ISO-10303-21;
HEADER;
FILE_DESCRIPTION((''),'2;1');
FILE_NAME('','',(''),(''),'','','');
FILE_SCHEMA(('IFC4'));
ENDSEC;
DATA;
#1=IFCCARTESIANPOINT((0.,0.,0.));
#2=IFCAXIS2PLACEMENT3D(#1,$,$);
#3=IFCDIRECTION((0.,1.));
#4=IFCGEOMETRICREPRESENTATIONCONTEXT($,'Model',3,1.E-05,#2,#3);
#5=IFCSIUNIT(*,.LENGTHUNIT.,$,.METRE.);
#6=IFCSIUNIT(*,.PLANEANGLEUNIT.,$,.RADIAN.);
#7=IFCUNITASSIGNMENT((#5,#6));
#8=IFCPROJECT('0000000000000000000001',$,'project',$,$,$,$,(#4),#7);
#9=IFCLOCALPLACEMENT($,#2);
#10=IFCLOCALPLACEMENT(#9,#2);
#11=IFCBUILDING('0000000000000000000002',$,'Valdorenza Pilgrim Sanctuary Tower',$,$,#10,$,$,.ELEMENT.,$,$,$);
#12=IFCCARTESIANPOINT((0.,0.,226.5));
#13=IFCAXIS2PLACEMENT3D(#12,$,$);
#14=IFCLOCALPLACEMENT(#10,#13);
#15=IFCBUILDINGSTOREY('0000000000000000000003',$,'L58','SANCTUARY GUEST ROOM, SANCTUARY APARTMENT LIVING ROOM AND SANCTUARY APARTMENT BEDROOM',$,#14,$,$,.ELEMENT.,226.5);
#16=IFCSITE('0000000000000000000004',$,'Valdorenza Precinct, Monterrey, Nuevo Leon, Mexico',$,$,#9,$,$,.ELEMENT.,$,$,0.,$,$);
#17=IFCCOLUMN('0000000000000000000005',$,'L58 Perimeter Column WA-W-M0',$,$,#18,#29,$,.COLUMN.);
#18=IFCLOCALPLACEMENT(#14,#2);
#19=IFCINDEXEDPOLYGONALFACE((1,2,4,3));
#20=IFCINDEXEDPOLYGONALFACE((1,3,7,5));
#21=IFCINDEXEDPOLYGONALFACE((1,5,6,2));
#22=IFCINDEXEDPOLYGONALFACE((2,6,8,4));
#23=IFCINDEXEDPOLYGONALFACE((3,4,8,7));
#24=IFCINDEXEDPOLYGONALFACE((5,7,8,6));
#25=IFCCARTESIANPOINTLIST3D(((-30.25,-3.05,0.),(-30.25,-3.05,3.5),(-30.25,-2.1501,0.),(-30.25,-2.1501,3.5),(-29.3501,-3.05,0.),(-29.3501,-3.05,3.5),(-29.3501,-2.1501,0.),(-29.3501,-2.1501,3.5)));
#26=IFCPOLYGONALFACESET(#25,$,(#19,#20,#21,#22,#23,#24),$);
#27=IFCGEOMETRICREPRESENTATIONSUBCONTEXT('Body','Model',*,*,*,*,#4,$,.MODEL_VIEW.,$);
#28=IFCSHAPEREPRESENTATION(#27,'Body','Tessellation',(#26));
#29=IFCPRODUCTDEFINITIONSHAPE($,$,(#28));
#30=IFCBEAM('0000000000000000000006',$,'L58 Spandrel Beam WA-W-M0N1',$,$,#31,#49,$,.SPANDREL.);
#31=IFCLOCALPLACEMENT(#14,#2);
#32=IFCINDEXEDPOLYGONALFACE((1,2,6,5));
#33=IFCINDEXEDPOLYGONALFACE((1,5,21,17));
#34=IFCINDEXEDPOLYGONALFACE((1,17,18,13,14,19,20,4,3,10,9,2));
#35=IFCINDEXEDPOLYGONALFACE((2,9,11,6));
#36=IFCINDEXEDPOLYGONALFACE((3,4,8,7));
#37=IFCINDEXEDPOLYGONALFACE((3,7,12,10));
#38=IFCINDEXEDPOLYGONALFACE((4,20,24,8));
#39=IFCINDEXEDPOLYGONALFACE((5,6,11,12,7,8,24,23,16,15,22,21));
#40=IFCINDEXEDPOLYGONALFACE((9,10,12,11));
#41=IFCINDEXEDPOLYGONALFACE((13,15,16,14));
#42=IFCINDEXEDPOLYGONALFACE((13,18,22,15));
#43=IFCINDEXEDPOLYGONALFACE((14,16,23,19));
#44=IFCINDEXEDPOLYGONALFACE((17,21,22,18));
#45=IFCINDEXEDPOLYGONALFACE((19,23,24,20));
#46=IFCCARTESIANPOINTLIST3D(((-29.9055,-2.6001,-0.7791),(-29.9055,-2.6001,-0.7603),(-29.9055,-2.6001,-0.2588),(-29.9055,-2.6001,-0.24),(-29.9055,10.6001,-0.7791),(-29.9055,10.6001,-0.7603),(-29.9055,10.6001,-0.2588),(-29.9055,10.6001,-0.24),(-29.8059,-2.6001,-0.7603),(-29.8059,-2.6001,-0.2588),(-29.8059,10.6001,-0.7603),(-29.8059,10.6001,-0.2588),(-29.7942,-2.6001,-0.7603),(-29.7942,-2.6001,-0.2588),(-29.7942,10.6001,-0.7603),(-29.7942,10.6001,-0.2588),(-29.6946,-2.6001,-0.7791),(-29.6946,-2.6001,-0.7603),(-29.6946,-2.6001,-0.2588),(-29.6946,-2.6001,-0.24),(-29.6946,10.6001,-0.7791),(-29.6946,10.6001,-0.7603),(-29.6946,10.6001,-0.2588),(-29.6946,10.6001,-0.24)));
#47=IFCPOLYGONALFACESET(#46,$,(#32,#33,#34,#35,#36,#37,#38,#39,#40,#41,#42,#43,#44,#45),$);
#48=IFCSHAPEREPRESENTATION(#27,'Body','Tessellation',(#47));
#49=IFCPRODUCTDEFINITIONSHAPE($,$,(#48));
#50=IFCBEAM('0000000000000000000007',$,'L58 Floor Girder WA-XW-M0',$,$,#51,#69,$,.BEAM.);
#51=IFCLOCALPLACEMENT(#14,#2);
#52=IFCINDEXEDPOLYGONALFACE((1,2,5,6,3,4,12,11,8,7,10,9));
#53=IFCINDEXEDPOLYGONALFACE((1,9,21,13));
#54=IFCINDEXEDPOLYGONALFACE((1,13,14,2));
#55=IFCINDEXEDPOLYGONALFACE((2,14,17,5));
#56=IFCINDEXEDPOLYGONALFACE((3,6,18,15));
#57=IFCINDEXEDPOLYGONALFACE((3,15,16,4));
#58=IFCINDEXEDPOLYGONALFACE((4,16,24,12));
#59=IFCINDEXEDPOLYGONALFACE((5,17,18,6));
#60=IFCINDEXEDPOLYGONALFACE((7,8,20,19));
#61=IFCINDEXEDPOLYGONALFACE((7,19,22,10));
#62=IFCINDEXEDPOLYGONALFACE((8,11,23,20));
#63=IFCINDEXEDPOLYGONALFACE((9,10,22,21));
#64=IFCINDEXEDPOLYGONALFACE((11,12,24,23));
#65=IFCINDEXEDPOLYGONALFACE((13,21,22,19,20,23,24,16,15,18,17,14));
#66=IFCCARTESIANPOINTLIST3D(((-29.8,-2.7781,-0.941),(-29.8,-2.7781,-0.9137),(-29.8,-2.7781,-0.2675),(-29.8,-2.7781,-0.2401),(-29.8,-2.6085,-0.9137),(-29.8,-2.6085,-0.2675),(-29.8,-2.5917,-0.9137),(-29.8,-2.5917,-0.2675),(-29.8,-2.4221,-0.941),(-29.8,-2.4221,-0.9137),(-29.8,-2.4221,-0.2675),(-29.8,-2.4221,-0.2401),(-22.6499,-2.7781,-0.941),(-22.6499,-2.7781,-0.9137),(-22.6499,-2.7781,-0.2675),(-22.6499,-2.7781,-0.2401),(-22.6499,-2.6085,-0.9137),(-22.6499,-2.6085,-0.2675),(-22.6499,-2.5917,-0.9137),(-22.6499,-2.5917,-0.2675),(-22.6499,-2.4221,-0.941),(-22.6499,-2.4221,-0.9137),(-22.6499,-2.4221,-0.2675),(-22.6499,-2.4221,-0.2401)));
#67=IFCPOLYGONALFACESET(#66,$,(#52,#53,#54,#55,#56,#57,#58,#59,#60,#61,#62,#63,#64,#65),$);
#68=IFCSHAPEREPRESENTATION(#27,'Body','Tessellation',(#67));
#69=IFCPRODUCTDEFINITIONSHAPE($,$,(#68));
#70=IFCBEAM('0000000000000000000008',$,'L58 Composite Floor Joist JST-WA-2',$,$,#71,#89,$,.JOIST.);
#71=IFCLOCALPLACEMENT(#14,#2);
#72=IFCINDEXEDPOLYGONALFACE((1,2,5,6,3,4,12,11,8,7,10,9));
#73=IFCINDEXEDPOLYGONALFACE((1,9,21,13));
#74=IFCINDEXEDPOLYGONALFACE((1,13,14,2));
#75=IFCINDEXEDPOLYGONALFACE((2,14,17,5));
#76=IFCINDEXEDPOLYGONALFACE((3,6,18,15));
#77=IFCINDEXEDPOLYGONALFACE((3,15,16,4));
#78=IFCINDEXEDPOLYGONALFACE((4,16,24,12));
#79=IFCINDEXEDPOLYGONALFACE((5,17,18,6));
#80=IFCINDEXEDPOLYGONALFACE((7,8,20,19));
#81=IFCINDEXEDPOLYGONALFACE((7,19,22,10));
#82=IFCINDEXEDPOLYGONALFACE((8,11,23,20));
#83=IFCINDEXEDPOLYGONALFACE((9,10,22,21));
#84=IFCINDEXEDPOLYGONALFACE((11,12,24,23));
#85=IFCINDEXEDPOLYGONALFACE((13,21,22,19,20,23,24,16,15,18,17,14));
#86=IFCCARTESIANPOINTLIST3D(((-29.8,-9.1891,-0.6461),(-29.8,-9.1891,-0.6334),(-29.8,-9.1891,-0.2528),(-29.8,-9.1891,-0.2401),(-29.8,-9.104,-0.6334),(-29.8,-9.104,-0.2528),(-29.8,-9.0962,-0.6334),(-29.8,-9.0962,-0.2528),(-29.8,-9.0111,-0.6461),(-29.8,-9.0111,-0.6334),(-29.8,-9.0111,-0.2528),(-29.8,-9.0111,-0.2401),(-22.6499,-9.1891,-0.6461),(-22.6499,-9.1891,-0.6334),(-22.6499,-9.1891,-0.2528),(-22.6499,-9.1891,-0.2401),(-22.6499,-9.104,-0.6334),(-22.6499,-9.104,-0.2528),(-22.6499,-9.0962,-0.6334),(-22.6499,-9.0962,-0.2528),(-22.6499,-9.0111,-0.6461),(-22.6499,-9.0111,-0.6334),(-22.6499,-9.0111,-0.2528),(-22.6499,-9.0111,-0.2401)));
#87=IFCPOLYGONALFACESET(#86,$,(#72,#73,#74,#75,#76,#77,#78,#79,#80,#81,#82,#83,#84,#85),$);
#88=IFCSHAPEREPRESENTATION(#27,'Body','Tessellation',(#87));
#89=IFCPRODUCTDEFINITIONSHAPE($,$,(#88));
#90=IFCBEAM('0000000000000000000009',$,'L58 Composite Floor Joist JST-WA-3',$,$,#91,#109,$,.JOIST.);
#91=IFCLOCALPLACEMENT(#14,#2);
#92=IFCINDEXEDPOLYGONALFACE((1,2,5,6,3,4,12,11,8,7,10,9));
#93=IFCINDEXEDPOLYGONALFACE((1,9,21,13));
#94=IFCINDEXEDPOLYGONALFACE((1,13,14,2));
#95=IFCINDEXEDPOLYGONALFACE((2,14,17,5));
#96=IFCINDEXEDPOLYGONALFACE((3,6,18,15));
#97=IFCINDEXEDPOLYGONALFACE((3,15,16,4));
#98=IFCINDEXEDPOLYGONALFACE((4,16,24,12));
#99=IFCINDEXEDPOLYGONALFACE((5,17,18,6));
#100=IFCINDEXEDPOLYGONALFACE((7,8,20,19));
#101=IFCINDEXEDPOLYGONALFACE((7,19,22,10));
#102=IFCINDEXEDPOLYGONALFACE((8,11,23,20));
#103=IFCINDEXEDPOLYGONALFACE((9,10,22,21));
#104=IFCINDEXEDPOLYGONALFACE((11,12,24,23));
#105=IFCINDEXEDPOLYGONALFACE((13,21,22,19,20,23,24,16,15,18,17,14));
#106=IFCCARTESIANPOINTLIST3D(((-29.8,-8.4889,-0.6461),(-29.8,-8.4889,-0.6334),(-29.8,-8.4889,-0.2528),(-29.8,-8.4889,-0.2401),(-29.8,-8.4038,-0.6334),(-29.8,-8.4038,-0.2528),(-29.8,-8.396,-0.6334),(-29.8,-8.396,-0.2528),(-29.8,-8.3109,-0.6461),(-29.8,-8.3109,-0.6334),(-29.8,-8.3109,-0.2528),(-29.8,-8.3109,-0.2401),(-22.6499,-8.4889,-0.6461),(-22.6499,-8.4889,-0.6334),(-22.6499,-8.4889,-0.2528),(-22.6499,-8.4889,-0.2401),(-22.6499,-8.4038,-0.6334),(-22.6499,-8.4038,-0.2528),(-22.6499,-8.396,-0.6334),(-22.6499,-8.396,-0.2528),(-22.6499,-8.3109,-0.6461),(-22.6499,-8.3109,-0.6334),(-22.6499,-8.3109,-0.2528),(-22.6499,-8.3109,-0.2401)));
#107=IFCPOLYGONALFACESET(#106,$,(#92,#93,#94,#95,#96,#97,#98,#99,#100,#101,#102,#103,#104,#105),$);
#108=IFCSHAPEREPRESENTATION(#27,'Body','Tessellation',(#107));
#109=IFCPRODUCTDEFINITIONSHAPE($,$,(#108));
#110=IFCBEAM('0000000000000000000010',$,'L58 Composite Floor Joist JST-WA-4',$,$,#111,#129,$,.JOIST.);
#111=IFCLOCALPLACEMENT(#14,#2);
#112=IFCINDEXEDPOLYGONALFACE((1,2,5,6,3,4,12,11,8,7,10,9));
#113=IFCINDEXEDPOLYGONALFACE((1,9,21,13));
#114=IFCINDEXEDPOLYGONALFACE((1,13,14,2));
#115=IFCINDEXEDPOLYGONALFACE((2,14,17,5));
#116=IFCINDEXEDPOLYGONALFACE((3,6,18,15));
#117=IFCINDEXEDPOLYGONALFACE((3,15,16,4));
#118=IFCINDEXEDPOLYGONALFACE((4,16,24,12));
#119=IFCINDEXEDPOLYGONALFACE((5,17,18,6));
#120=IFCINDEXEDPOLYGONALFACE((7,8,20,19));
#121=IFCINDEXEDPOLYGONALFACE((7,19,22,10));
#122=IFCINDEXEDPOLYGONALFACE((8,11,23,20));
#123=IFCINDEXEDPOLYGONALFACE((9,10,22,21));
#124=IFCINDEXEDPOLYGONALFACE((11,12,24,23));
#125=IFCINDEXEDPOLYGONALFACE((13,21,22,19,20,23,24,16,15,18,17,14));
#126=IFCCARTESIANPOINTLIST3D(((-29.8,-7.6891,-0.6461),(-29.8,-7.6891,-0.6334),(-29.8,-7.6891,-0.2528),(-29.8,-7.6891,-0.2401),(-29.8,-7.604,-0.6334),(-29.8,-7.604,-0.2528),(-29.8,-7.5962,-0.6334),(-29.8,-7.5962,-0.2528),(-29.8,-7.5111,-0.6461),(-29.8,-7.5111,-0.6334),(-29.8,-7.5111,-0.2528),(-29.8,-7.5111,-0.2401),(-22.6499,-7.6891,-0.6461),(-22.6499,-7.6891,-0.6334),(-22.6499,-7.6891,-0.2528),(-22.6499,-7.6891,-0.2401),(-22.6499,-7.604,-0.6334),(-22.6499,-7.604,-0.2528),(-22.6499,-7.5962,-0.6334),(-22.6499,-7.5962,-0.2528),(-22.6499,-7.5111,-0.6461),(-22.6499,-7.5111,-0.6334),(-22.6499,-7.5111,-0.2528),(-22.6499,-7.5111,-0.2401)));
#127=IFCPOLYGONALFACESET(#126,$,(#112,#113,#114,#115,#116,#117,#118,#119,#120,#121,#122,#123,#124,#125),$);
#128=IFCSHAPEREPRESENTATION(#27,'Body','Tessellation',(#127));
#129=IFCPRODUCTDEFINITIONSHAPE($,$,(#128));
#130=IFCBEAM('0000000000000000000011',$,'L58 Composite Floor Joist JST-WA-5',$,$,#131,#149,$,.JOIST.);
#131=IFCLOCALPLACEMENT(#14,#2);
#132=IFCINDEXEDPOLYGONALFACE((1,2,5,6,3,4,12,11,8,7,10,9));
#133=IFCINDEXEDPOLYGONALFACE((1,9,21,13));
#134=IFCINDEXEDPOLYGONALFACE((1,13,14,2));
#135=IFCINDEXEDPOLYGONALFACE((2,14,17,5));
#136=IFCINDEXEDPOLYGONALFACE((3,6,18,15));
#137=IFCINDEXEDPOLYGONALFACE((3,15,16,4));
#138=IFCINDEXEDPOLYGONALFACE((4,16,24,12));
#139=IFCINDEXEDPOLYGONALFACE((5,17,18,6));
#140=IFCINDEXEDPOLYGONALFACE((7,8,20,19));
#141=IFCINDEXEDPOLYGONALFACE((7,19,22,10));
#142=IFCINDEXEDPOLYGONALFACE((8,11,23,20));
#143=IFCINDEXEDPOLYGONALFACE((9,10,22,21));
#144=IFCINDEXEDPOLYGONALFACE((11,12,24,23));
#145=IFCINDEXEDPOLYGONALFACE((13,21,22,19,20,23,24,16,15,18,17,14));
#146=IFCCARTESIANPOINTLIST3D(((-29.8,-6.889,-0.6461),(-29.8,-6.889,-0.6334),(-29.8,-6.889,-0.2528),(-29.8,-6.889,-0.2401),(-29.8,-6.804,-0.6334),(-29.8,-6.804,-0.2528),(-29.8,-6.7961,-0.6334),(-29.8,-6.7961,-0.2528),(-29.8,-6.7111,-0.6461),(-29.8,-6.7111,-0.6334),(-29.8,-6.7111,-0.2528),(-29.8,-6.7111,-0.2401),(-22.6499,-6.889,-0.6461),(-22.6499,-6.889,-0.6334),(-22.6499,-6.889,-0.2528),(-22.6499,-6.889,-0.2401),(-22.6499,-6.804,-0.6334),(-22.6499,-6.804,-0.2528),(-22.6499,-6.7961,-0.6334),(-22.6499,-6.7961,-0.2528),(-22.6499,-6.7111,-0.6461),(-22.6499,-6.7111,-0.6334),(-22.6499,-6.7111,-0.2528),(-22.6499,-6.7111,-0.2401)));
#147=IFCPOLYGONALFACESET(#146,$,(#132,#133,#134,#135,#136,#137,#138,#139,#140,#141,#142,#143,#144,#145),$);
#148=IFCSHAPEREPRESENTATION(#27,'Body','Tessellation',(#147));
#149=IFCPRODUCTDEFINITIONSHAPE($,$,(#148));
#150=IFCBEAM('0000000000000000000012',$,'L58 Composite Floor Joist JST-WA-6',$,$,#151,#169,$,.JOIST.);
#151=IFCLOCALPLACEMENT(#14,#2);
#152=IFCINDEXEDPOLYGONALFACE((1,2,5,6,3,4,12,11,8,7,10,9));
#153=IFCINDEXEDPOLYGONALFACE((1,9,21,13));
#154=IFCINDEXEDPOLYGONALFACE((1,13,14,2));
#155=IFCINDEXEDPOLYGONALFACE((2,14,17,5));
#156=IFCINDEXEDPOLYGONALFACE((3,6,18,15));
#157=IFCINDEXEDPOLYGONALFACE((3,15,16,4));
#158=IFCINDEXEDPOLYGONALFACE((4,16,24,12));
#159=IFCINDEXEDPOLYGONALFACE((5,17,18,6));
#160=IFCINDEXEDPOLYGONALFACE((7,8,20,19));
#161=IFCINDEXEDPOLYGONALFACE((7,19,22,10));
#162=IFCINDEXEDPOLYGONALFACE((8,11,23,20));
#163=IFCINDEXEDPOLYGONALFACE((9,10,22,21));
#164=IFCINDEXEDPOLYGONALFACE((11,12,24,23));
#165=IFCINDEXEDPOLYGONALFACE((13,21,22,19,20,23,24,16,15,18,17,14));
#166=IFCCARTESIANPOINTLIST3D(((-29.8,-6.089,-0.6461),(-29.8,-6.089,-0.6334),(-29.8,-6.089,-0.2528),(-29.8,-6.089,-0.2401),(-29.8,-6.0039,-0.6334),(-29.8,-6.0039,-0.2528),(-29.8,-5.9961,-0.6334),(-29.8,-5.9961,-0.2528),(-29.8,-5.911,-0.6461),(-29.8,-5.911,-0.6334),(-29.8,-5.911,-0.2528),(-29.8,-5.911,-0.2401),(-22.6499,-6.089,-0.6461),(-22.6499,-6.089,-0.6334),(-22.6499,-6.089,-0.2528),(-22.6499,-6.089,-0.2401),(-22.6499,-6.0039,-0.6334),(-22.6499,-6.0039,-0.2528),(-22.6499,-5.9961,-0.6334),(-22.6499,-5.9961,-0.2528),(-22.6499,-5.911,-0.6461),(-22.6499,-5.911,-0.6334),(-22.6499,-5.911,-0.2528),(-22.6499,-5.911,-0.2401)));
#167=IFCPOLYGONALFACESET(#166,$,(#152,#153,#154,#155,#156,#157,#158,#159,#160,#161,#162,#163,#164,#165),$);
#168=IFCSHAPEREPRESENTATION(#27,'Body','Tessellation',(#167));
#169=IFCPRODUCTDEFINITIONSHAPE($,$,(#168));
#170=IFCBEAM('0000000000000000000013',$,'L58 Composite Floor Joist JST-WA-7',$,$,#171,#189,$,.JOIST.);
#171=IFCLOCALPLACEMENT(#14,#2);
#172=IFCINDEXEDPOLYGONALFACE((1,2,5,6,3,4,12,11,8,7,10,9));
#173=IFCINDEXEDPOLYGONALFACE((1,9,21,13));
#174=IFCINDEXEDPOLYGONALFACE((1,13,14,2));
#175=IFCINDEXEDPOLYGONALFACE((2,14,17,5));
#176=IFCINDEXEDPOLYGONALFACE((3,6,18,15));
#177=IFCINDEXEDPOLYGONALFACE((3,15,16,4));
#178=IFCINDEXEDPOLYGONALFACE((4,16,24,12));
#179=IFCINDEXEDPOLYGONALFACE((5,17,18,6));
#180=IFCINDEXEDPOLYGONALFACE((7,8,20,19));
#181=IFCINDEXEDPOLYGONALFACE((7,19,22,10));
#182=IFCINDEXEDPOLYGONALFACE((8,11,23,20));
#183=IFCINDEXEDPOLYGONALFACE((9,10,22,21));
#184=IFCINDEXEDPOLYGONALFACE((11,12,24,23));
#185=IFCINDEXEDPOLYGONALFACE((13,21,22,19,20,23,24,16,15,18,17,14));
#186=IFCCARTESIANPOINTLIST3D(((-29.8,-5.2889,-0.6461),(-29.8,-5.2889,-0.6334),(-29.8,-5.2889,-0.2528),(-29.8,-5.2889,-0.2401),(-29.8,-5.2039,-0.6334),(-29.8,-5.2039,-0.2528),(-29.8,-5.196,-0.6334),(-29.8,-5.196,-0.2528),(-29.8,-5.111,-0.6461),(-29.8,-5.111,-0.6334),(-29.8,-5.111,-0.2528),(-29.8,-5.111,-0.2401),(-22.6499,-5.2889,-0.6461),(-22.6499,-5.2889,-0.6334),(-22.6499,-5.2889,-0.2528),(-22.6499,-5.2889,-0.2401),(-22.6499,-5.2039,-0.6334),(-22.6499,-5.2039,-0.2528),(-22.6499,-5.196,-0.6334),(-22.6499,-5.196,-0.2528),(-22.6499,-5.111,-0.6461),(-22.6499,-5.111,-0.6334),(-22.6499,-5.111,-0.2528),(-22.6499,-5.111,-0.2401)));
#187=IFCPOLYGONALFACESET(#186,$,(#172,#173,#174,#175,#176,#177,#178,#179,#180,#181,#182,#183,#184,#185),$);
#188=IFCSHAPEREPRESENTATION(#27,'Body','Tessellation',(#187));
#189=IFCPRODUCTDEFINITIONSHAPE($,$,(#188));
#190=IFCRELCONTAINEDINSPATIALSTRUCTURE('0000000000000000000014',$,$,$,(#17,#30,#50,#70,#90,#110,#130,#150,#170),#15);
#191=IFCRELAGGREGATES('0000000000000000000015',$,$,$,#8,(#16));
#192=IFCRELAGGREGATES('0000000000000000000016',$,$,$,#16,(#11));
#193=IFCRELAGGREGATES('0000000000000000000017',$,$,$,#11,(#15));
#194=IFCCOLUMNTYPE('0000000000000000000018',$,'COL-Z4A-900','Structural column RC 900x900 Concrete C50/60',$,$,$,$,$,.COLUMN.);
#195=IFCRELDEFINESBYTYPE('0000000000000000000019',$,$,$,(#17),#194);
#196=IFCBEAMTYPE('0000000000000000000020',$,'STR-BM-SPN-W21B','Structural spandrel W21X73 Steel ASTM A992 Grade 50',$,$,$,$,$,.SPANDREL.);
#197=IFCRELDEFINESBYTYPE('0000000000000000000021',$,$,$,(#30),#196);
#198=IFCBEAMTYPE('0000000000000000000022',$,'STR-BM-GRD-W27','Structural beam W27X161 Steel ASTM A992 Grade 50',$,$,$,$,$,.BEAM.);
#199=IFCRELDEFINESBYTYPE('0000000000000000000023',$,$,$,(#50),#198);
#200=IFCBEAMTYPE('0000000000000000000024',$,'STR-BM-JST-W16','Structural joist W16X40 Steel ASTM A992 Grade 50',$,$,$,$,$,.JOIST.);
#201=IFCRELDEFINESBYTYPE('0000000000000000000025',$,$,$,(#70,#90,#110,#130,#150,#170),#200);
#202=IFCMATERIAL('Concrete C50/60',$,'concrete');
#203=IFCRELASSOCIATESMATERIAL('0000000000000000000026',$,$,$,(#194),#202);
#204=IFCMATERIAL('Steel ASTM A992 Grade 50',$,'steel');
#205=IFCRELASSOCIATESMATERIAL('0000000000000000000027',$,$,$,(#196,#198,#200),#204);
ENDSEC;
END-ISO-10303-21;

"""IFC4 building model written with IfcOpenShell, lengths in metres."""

from ifc_helpers import new_model, si_unit, direction, frame, origin, origin_2d, place, context, subcontext, project, spatial, rectangle, i_section, extrude, source, transform, mapped, material, material_profile, profile_set, type_object, element, save


model = new_model("IFC4")

# Units and contexts
model_context = context("Model", 3, precision=1e-05, world=origin(), true_north=direction((0.0, 1.0)))
body_context = subcontext(model_context, "Body", "Model", "MODEL_VIEW")
ifc_project = project(units=[si_unit("LENGTHUNIT", "METRE"), si_unit("PLANEANGLEUNIT", "RADIAN")], contexts=[model_context])

# Site, building, storey
site_placement = place(None, origin())
site = spatial("IfcSite", under=ifc_project, at=site_placement, Name="Valdorenza Precinct, Monterrey, Nuevo Leon, Mexico", CompositionType="ELEMENT", RefElevation=0.0)
building_placement = place(site_placement, origin())
building = spatial("IfcBuilding", under=site, at=building_placement, Name="Valdorenza Pilgrim Sanctuary Tower", CompositionType="ELEMENT")
storey_placement = place(building_placement, frame((0.0, 0.0, 226.5)))
storey = spatial("IfcBuildingStorey", under=building, at=storey_placement, Name="L58", Description="SANCTUARY GUEST ROOM, SANCTUARY APARTMENT LIVING ROOM AND SANCTUARY APARTMENT BEDROOM", CompositionType="ELEMENT", Elevation=226.5)

# Column
ifc_material_1 = material(Name="Concrete C50/60", Category="concrete")
ifc_material_profile_1 = material_profile(ifc_material_1, rectangle(XDim=0.8999, YDim=0.8999, at=origin_2d()), Name="RC 900x900")
ifc_profile_set_1 = profile_set([ifc_material_profile_1], Name="Concrete C50/60")
column_type = type_object("IfcColumnType", Name="COL-Z4A-900", Description="Structural column RC 900x900 Concrete C50/60", PredefinedType="COLUMN", material=ifc_profile_set_1)
shared_shape_1 = source(origin(), body_context, "Body", "SweptSolid", [
    extrude(rectangle(XDim=0.8999, YDim=0.8999, at=origin_2d()), origin(), (0.0, 0.0, 1.0), 3.5),
])
column_placement = place(storey_placement, frame((-29.8, -2.6001, 0.0), z_axis=(0.0, 0.0, 1.0), x_axis=(1.0, 0.0, 0.0)))
element("IfcColumn", 1, at=column_placement, inside=storey, type_object=column_type, Name="L58 Perimeter Column WA-W-M0", PredefinedType="COLUMN", context=body_context, shape_type="MappedRepresentation", body=[
    mapped(shared_shape_1, transform((0.0, 0.0, 0.0), x_axis=(1.0, 0.0, 0.0), y_axis=(0.0, 1.0, 0.0), z_axis=(0.0, 0.0, 1.0), scale=1.0)),
])

# Beams
ifc_material_2 = material(Name="Steel ASTM A992 Grade 50", Category="steel")
ifc_material_profile_2 = material_profile(ifc_material_2, i_section(OverallWidth=0.2109, OverallDepth=0.5391, WebThickness=0.0117, FlangeThickness=0.0188, at=origin_2d()), Name="W21X73")
ifc_profile_set_2 = profile_set([ifc_material_profile_2], Name="Steel ASTM A992 Grade 50")
beam_type_1 = type_object("IfcBeamType", Name="STR-BM-SPN-W21B", Description="Structural spandrel W21X73 Steel ASTM A992 Grade 50", PredefinedType="SPANDREL", material=ifc_profile_set_2)
shared_shape_2 = source(origin(), body_context, "Body", "SweptSolid", [
    extrude(i_section(OverallWidth=0.2109, OverallDepth=0.5391, WebThickness=0.0117, FlangeThickness=0.0188, at=origin_2d()), origin(), (0.0, 0.0, 1.0), 13.2002),
])
beam_1_placement = place(storey_placement, frame((-29.8, -2.6001, -0.5095), z_axis=(0.0, 1.0, 0.0), x_axis=(-1.0, 0.0, 0.0)))
element("IfcBeam", 2, at=beam_1_placement, inside=storey, type_object=beam_type_1, Name="L58 Spandrel Beam WA-W-M0N1", PredefinedType="SPANDREL", context=body_context, shape_type="MappedRepresentation", body=[
    mapped(shared_shape_2, transform((0.0, 0.0, 0.0), x_axis=(1.0, 0.0, 0.0), y_axis=(0.0, 1.0, 0.0), z_axis=(0.0, 0.0, 1.0), scale=1.0)),
])
ifc_material_profile_3 = material_profile(ifc_material_2, i_section(OverallWidth=0.356, OverallDepth=0.7009, WebThickness=0.0168, FlangeThickness=0.0273, at=origin_2d()), Name="W27X161")
ifc_profile_set_3 = profile_set([ifc_material_profile_3], Name="Steel ASTM A992 Grade 50")
beam_type_2 = type_object("IfcBeamType", Name="STR-BM-GRD-W27", Description="Structural beam W27X161 Steel ASTM A992 Grade 50", PredefinedType="BEAM", material=ifc_profile_set_3)
shared_shape_3 = source(origin(), body_context, "Body", "SweptSolid", [
    extrude(i_section(OverallWidth=0.356, OverallDepth=0.7009, WebThickness=0.0168, FlangeThickness=0.0273, at=origin_2d()), origin(), (0.0, 0.0, 1.0), 7.1501),
])
beam_2_placement = place(storey_placement, frame((-29.8, -2.6001, -0.5906), z_axis=(1.0, 0.0, 0.0), x_axis=(0.0, 1.0, 0.0)))
element("IfcBeam", 3, at=beam_2_placement, inside=storey, type_object=beam_type_2, Name="L58 Floor Girder WA-XW-M0", PredefinedType="BEAM", context=body_context, shape_type="MappedRepresentation", body=[
    mapped(shared_shape_3, transform((0.0, 0.0, 0.0), x_axis=(1.0, 0.0, 0.0), y_axis=(0.0, 1.0, 0.0), z_axis=(0.0, 0.0, 1.0), scale=1.0)),
])
ifc_material_profile_4 = material_profile(ifc_material_2, i_section(OverallWidth=0.178, OverallDepth=0.406, WebThickness=0.0078, FlangeThickness=0.0127, at=origin_2d()), Name="W16X40")
ifc_profile_set_4 = profile_set([ifc_material_profile_4], Name="Steel ASTM A992 Grade 50")
beam_type_3 = type_object("IfcBeamType", Name="STR-BM-JST-W16", Description="Structural joist W16X40 Steel ASTM A992 Grade 50", PredefinedType="JOIST", material=ifc_profile_set_4)
shared_shape_4 = source(origin(), body_context, "Body", "SweptSolid", [
    extrude(i_section(OverallWidth=0.178, OverallDepth=0.406, WebThickness=0.0078, FlangeThickness=0.0127, at=origin_2d()), origin(), (0.0, 0.0, 1.0), 7.1501),
])
for number, where, z_axis, x_axis, name in (
    (4, (-29.8, -9.1001, -0.4431), (1.0, 0.0, 0.0), (0.0, 1.0, 0.0), "L58 Composite Floor Joist JST-WA-2"),
    (5, (-29.8, -8.3999, -0.4431), (1.0, 0.0, 0.0), (0.0, 1.0, 0.0), "L58 Composite Floor Joist JST-WA-3"),
    (6, (-29.8, -7.6001, -0.4431), (1.0, 0.0, 0.0), (0.0, 1.0, 0.0), "L58 Composite Floor Joist JST-WA-4"),
    (7, (-29.8, -6.8, -0.4431), (1.0, 0.0, 0.0), (0.0, 1.0, 0.0), "L58 Composite Floor Joist JST-WA-5"),
    (8, (-29.8, -6.0, -0.4431), (1.0, 0.0, 0.0), (0.0, 1.0, 0.0), "L58 Composite Floor Joist JST-WA-6"),
    (9, (-29.8, -5.2, -0.4431), (1.0, 0.0, 0.0), (0.0, 1.0, 0.0), "L58 Composite Floor Joist JST-WA-7"),
):
    element("IfcBeam", number, at=place(storey_placement, frame(where, z_axis=z_axis, x_axis=x_axis)), inside=storey, type_object=beam_type_3, Name=name, PredefinedType="JOIST", context=body_context, shape_type="MappedRepresentation", body=[
        mapped(shared_shape_4, transform((0.0, 0.0, 0.0), x_axis=(1.0, 0.0, 0.0), y_axis=(0.0, 1.0, 0.0), z_axis=(0.0, 0.0, 1.0), scale=1.0)),
    ])

save(model, "model.ifc")
